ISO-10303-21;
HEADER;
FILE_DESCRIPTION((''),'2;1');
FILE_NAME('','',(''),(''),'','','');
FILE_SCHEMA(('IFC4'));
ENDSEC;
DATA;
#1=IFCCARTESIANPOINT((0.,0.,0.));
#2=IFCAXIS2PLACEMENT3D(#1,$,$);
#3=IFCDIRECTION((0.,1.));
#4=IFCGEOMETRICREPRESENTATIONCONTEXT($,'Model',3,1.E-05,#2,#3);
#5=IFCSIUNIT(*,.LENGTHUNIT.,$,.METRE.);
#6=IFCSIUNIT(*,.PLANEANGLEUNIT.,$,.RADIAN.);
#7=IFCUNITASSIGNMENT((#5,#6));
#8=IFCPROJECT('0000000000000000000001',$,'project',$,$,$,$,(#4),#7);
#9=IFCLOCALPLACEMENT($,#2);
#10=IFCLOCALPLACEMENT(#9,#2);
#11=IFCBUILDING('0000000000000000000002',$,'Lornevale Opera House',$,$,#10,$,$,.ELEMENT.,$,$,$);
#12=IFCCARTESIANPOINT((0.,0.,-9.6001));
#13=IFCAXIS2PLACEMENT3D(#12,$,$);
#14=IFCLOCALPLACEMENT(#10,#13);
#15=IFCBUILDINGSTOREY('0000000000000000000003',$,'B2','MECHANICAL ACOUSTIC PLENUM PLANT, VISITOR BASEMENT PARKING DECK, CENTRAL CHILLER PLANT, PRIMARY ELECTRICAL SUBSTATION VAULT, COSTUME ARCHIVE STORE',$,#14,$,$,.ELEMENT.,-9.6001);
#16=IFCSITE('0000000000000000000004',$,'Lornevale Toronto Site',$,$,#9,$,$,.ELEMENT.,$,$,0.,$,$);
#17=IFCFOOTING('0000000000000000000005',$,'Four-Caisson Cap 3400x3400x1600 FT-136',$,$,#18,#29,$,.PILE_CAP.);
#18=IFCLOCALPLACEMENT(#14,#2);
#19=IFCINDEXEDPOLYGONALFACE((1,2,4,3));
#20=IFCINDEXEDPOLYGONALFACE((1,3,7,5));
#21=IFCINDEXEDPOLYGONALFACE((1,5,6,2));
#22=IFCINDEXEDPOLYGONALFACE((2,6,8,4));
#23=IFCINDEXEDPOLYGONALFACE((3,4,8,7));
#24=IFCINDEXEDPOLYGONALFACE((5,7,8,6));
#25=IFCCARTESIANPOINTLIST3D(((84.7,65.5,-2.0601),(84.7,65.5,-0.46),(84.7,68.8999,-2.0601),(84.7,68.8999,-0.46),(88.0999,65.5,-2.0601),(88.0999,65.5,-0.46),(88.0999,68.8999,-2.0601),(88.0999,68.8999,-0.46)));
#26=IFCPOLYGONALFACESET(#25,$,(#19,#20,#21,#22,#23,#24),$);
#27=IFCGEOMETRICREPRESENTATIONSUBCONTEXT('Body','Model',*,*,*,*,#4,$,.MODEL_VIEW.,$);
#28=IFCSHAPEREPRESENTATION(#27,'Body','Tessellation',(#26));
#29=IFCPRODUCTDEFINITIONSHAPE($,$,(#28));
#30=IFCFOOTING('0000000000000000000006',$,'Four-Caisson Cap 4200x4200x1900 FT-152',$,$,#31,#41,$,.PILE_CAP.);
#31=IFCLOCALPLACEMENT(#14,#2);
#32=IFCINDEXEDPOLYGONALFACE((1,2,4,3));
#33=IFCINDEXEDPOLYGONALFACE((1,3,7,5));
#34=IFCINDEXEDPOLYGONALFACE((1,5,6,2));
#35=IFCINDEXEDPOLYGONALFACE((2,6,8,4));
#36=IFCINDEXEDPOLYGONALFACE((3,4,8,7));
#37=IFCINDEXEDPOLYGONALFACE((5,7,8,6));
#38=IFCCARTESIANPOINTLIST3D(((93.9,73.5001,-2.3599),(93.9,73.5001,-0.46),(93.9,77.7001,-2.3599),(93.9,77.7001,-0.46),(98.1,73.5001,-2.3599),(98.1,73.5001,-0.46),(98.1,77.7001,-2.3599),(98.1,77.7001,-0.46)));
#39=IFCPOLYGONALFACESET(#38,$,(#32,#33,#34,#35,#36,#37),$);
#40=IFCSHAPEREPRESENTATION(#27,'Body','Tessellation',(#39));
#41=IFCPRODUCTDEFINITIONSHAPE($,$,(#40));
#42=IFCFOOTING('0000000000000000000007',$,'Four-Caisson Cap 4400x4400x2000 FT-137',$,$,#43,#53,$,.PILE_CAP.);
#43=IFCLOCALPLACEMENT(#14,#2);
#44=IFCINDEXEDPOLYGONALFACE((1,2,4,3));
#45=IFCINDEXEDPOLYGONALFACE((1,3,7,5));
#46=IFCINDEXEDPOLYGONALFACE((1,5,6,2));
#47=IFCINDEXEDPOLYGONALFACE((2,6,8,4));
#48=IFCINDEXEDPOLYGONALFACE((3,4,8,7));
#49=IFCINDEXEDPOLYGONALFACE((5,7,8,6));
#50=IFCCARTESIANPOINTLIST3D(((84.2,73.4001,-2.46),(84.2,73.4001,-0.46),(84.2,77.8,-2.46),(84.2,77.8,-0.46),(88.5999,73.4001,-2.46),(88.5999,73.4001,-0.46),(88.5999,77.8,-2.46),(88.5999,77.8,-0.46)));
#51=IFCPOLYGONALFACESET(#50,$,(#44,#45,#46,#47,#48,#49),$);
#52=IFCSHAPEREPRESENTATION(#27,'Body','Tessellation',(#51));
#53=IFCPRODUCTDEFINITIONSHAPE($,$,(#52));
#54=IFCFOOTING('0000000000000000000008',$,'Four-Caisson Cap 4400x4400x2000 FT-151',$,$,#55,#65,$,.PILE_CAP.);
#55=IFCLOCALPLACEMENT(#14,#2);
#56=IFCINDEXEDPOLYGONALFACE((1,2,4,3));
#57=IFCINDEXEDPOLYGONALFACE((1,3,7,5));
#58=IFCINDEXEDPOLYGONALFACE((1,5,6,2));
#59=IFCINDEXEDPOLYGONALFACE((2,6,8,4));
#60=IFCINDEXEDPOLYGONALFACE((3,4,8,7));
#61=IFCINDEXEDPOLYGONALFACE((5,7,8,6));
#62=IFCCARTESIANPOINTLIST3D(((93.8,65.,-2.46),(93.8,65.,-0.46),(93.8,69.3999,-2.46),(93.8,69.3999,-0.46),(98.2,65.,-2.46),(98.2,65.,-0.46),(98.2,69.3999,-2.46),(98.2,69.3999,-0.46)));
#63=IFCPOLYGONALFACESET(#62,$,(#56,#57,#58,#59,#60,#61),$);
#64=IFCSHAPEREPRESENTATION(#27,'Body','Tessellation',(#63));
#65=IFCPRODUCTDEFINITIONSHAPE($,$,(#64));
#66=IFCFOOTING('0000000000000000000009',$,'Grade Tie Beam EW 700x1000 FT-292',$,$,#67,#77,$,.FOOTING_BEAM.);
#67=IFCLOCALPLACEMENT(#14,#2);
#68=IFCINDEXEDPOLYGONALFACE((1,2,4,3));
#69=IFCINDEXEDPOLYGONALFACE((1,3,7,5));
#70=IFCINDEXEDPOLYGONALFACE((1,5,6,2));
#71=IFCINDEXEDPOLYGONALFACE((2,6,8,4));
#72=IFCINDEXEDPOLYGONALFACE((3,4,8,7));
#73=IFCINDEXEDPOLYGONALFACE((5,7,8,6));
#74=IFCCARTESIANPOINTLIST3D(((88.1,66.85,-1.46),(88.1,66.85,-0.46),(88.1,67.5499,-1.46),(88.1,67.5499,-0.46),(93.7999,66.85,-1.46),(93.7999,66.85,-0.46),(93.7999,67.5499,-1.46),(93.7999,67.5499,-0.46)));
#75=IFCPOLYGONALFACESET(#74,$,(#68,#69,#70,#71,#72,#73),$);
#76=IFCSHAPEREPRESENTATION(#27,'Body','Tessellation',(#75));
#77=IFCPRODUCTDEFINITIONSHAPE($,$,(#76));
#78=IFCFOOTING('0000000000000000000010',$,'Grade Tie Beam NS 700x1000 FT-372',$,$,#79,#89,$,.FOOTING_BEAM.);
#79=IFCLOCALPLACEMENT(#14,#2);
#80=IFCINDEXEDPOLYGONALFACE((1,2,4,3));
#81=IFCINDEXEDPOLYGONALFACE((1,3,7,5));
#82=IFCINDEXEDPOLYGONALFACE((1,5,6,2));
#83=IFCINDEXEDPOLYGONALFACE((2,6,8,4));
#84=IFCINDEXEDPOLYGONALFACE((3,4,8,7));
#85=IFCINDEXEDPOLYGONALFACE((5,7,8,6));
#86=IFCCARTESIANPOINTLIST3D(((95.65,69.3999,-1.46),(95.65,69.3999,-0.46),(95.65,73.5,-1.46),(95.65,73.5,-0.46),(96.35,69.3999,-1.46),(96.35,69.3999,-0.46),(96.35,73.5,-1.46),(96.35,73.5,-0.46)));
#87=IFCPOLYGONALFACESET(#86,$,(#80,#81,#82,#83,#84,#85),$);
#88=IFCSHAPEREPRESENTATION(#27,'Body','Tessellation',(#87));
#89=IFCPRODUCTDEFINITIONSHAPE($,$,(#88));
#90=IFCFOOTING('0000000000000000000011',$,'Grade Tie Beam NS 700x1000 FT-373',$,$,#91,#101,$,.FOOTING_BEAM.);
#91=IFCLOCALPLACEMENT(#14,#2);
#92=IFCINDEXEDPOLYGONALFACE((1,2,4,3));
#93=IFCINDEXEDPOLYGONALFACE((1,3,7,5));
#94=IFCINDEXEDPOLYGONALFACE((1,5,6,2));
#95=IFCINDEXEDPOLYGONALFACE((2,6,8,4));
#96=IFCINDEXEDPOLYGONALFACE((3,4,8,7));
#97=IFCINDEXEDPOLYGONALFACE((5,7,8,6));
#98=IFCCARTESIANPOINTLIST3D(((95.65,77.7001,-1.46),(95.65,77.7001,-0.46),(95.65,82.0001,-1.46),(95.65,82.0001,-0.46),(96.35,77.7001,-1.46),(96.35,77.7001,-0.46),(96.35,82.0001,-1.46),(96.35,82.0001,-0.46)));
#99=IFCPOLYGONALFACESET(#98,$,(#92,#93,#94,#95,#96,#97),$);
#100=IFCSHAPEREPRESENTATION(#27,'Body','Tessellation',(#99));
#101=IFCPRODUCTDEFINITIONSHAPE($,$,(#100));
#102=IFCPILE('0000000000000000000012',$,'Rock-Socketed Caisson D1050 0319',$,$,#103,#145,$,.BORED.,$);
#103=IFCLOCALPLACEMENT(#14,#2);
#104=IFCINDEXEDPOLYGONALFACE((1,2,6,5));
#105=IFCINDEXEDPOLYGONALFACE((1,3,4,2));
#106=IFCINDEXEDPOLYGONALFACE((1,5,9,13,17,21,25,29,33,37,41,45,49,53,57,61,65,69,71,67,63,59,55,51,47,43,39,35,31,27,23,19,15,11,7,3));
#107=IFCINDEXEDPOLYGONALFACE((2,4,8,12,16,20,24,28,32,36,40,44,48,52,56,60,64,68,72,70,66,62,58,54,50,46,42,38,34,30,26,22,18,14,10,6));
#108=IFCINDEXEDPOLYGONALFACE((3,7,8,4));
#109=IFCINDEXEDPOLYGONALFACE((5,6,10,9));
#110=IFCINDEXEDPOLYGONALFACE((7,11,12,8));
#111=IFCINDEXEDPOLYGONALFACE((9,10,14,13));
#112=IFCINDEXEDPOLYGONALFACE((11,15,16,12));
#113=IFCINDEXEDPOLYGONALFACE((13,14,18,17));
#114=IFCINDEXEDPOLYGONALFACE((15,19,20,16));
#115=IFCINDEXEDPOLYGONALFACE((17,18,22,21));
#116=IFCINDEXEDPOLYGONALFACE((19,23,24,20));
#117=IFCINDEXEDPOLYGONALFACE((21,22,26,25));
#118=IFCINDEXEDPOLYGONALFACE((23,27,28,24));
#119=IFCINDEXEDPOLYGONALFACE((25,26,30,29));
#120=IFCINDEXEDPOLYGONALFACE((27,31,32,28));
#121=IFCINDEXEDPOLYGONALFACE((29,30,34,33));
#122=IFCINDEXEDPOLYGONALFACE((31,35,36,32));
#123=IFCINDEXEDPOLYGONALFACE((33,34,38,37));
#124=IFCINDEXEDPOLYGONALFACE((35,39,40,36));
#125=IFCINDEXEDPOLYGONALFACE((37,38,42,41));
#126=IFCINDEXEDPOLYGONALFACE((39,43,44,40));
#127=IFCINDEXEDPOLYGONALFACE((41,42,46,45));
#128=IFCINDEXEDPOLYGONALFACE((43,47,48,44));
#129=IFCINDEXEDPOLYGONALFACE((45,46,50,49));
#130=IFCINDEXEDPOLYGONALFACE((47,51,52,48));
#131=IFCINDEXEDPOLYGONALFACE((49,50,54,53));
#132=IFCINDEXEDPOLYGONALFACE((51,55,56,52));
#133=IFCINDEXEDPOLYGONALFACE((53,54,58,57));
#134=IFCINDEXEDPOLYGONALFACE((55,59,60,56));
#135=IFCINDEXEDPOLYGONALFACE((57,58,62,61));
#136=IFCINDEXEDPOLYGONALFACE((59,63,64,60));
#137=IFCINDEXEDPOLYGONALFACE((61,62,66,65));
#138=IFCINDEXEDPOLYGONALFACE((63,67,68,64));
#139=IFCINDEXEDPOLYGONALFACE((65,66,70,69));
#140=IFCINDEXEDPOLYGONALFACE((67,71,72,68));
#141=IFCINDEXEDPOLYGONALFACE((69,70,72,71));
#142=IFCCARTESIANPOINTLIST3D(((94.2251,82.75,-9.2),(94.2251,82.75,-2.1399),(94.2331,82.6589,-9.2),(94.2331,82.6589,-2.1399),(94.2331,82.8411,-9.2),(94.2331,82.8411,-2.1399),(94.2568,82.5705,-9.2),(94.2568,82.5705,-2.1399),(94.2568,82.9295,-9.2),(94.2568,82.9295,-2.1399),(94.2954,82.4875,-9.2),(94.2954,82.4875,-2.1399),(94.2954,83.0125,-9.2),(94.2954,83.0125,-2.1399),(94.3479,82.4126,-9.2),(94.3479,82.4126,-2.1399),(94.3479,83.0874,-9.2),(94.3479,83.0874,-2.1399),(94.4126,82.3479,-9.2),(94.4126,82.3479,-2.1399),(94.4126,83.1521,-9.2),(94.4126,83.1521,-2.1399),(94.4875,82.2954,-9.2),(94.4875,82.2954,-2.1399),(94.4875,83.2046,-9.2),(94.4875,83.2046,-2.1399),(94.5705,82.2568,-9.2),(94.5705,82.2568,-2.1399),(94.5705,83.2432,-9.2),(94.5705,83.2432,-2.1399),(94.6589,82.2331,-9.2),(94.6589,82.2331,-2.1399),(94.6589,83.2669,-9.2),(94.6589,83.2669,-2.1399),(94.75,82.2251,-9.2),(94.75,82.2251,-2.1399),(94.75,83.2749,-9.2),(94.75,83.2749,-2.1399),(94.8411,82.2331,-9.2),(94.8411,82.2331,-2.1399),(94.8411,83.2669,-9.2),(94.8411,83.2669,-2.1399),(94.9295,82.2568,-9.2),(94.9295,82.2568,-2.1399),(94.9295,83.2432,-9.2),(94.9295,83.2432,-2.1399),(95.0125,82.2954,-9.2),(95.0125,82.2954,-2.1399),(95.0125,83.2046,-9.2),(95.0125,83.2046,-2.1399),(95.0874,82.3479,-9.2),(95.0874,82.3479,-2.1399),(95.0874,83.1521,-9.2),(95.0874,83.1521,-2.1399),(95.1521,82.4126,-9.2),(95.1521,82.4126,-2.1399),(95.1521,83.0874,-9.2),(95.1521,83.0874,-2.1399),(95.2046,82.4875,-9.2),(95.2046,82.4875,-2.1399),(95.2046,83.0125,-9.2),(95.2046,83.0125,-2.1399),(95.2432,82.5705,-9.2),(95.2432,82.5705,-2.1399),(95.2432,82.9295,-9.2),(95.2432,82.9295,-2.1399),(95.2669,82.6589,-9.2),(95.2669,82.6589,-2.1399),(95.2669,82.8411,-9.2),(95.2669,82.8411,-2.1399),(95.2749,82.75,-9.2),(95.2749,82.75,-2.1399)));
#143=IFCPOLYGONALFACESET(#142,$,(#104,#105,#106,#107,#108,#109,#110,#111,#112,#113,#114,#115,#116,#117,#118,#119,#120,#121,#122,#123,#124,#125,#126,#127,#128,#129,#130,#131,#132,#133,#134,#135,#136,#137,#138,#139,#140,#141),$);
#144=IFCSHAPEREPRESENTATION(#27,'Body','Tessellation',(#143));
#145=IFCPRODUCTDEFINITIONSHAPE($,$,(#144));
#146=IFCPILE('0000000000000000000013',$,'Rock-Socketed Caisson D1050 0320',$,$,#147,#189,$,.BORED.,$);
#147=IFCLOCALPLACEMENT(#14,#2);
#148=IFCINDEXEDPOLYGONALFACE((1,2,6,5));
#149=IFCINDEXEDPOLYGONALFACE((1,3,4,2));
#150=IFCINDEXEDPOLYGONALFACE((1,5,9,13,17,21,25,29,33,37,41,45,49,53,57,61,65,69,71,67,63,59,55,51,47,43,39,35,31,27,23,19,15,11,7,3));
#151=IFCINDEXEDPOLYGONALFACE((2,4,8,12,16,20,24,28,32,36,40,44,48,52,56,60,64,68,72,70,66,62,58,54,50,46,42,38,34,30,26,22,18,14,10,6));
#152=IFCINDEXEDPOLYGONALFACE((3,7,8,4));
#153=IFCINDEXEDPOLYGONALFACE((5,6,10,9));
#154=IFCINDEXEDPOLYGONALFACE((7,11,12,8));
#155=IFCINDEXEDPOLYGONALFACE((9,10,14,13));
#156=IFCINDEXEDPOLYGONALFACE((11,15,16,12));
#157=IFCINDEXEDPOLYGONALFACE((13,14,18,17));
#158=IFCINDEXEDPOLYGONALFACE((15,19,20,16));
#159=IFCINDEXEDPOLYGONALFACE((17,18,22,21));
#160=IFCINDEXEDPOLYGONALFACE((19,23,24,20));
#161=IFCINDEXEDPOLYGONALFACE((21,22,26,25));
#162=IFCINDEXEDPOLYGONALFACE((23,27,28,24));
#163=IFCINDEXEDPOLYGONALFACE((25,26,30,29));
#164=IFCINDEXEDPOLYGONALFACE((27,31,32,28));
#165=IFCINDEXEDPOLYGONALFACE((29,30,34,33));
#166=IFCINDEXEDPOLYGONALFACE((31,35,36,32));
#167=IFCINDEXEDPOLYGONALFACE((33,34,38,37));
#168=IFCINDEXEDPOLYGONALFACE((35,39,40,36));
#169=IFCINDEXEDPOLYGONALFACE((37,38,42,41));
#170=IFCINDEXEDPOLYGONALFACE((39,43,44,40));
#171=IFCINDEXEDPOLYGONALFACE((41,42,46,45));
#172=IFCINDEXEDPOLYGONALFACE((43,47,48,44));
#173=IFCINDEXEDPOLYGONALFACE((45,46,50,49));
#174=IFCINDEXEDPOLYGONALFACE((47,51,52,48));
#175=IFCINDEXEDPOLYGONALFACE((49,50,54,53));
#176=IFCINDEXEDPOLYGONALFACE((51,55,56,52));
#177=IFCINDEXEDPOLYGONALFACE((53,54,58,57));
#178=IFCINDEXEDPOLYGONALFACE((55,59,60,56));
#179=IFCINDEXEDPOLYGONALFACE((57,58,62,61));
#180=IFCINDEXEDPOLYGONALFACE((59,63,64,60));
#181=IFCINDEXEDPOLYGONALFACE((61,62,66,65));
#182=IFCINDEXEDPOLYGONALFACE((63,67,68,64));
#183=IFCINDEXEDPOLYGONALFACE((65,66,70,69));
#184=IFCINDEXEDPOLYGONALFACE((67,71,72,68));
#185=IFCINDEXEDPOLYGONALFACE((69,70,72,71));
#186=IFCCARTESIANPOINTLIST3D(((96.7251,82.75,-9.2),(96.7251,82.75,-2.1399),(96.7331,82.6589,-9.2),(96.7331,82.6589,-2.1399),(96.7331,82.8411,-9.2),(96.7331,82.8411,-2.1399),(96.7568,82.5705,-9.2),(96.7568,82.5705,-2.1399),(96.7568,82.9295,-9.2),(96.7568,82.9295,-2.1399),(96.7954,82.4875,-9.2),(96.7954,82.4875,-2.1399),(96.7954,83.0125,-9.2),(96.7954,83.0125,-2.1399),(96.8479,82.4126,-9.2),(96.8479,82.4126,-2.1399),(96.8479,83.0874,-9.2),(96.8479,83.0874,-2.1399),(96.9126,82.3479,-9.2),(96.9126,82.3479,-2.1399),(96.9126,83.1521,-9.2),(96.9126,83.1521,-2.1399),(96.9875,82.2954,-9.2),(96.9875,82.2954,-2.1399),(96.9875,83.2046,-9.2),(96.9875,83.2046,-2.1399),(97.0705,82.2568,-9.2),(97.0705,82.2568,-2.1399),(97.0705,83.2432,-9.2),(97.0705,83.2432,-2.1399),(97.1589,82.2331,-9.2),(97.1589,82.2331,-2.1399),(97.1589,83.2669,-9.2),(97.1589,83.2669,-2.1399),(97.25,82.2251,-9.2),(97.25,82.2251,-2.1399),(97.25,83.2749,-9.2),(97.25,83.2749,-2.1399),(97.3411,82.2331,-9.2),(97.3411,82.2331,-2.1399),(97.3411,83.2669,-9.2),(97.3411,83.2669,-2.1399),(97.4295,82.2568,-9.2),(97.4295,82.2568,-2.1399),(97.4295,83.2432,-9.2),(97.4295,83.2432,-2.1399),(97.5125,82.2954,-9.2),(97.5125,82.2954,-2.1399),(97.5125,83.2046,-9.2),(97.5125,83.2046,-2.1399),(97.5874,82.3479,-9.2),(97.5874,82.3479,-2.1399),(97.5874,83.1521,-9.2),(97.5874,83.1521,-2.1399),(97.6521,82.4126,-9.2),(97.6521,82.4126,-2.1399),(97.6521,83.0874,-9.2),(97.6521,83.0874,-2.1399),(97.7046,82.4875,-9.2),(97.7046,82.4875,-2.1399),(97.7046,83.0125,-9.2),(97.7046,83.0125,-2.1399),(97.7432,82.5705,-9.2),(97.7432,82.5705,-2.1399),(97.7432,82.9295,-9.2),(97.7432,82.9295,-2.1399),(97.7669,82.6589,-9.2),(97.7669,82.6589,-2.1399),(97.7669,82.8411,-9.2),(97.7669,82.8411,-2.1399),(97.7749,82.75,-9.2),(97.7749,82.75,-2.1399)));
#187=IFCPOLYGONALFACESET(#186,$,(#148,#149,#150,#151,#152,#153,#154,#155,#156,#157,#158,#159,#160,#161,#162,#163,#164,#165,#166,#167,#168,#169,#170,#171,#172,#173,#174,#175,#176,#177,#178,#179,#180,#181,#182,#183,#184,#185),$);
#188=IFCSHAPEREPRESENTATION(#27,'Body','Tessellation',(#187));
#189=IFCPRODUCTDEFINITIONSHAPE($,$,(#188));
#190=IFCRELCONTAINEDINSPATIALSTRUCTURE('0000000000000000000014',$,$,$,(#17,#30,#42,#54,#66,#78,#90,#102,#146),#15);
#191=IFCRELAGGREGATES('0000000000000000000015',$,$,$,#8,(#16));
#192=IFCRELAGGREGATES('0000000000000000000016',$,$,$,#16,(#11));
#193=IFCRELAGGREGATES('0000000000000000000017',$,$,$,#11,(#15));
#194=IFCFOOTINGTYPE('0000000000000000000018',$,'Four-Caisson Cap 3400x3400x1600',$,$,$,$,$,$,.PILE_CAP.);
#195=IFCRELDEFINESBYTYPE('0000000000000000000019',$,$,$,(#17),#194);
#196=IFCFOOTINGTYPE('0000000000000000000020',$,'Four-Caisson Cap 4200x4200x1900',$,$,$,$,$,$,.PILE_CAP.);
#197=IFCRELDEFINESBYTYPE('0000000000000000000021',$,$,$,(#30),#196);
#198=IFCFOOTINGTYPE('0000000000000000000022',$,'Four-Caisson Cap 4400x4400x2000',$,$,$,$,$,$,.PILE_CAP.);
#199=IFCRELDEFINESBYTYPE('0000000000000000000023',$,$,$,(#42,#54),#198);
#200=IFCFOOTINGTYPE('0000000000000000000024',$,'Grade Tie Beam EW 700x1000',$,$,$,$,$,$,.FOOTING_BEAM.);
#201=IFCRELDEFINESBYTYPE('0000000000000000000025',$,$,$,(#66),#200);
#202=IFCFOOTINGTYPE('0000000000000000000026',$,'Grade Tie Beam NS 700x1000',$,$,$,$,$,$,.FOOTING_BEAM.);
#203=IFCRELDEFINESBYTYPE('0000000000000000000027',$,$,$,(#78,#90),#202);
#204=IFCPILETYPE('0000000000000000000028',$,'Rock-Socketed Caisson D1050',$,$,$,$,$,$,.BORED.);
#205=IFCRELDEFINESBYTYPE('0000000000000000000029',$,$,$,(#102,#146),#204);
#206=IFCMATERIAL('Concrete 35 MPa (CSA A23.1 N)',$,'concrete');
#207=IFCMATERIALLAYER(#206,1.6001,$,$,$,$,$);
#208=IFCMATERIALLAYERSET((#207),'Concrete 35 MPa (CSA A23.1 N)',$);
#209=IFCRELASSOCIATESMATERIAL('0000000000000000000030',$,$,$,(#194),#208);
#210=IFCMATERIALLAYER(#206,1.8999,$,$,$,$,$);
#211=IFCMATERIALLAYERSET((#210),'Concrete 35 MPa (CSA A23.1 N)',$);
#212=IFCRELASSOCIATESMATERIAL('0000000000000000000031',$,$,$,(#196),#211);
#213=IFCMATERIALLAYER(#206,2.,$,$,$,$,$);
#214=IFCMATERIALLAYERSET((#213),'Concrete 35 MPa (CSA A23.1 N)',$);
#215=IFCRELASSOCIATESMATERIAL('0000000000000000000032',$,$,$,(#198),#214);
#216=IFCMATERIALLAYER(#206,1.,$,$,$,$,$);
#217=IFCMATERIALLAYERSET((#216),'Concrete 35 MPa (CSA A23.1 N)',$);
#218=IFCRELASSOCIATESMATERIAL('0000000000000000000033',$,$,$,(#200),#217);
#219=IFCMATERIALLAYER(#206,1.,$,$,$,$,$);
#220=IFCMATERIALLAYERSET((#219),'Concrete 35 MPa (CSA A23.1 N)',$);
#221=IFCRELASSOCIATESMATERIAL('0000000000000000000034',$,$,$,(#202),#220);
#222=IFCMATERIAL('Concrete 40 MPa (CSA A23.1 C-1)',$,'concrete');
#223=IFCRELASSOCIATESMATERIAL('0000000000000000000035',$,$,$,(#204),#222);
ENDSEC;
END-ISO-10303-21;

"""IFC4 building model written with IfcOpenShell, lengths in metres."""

from ifc_helpers import new_model, si_unit, direction, frame, origin, origin_2d, place, context, subcontext, project, spatial, rectangle, circle, extrude, material, layer, layer_set, material_profile, profile_set, type_object, element, save


model = new_model("IFC4")

# Units and contexts
model_context = context("Model", 3, precision=1e-05, world=origin(), true_north=direction((0.0, 1.0)))
body_context = subcontext(model_context, "Body", "Model", "MODEL_VIEW")
ifc_project = project(units=[si_unit("LENGTHUNIT", "METRE"), si_unit("PLANEANGLEUNIT", "RADIAN")], contexts=[model_context])

# Site, building, storey
site_placement = place(None, origin())
site = spatial("IfcSite", under=ifc_project, at=site_placement, Name="Lornevale Toronto Site", CompositionType="ELEMENT", RefElevation=0.0)
building_placement = place(site_placement, origin())
building = spatial("IfcBuilding", under=site, at=building_placement, Name="Lornevale Opera House", CompositionType="ELEMENT")
storey_placement = place(building_placement, frame((0.0, 0.0, -9.6001)))
storey = spatial("IfcBuildingStorey", under=building, at=storey_placement, Name="B2", Description="MECHANICAL ACOUSTIC PLENUM PLANT, VISITOR BASEMENT PARKING DECK, CENTRAL CHILLER PLANT, PRIMARY ELECTRICAL SUBSTATION VAULT, COSTUME ARCHIVE STORE", CompositionType="ELEMENT", Elevation=-9.6001)

# Footings
ifc_material_1 = material(Name="Concrete 35 MPa (CSA A23.1 N)", Category="concrete")
ifc_layer_1 = layer(ifc_material_1, 1.6001)
ifc_layer_set_1 = layer_set([ifc_layer_1], Name="Concrete 35 MPa (CSA A23.1 N)")
footing_type_1 = type_object("IfcFootingType", Name="Four-Caisson Cap 3400x3400x1600", PredefinedType="PILE_CAP", material=ifc_layer_set_1)
footing_1_placement = place(storey_placement, frame((86.3999, 67.2, -2.0601), z_axis=(0.0, 0.0, 1.0), x_axis=(1.0, 0.0, 0.0)))
element("IfcFooting", 1, at=footing_1_placement, inside=storey, type_object=footing_type_1, Name="Four-Caisson Cap 3400x3400x1600 FT-136", PredefinedType="PILE_CAP", context=body_context, shape_type="SweptSolid", body=[
    extrude(rectangle(XDim=3.3999, YDim=3.3999, at=origin_2d()), origin(), (0.0, 0.0, 1.0), 1.6001),
])
ifc_layer_2 = layer(ifc_material_1, 1.8999)
ifc_layer_set_2 = layer_set([ifc_layer_2], Name="Concrete 35 MPa (CSA A23.1 N)")
footing_type_2 = type_object("IfcFootingType", Name="Four-Caisson Cap 4200x4200x1900", PredefinedType="PILE_CAP", material=ifc_layer_set_2)
footing_2_placement = place(storey_placement, frame((96.0, 75.6001, -2.3599), z_axis=(0.0, 0.0, 1.0), x_axis=(1.0, 0.0, 0.0)))
element("IfcFooting", 2, at=footing_2_placement, inside=storey, type_object=footing_type_2, Name="Four-Caisson Cap 4200x4200x1900 FT-152", PredefinedType="PILE_CAP", context=body_context, shape_type="SweptSolid", body=[
    extrude(rectangle(XDim=4.2, YDim=4.2, at=origin_2d()), origin(), (0.0, 0.0, 1.0), 1.8999),
])
ifc_layer_3 = layer(ifc_material_1, 2.0)
ifc_layer_set_3 = layer_set([ifc_layer_3], Name="Concrete 35 MPa (CSA A23.1 N)")
footing_type_3 = type_object("IfcFootingType", Name="Four-Caisson Cap 4400x4400x2000", PredefinedType="PILE_CAP", material=ifc_layer_set_3)
for number, where, z_axis, x_axis, name in (
    (3, (86.3999, 75.6001, -2.46), (0.0, 0.0, 1.0), (1.0, 0.0, 0.0), "Four-Caisson Cap 4400x4400x2000 FT-137"),
    (4, (96.0, 67.2, -2.46), (0.0, 0.0, 1.0), (1.0, 0.0, 0.0), "Four-Caisson Cap 4400x4400x2000 FT-151"),
):
    element("IfcFooting", number, at=place(storey_placement, frame(where, z_axis=z_axis, x_axis=x_axis)), inside=storey, type_object=footing_type_3, Name=name, PredefinedType="PILE_CAP", context=body_context, shape_type="SweptSolid", body=[
        extrude(rectangle(XDim=4.3999, YDim=4.3999, at=origin_2d()), origin(), (0.0, 0.0, 1.0), 2.0),
    ])
ifc_layer_4 = layer(ifc_material_1, 1.0)
ifc_layer_set_4 = layer_set([ifc_layer_4], Name="Concrete 35 MPa (CSA A23.1 N)")
footing_type_4 = type_object("IfcFootingType", Name="Grade Tie Beam EW 700x1000", PredefinedType="FOOTING_BEAM", material=ifc_layer_set_4)
footing_3_placement = place(storey_placement, frame((90.95, 67.2, -1.46), z_axis=(0.0, 0.0, 1.0), x_axis=(1.0, 0.0, 0.0)))
element("IfcFooting", 5, at=footing_3_placement, inside=storey, type_object=footing_type_4, Name="Grade Tie Beam EW 700x1000 FT-292", PredefinedType="FOOTING_BEAM", context=body_context, shape_type="SweptSolid", body=[
    extrude(rectangle(XDim=5.7, YDim=0.7, at=origin_2d()), origin(), (0.0, 0.0, 1.0), 1.0),
])
ifc_layer_5 = layer(ifc_material_1, 1.0)
ifc_layer_set_5 = layer_set([ifc_layer_5], Name="Concrete 35 MPa (CSA A23.1 N)")
footing_type_5 = type_object("IfcFootingType", Name="Grade Tie Beam NS 700x1000", PredefinedType="FOOTING_BEAM", material=ifc_layer_set_5)
footing_4_placement = place(storey_placement, frame((96.0, 71.45, -1.46), z_axis=(0.0, 0.0, 1.0), x_axis=(1.0, 0.0, 0.0)))
element("IfcFooting", 6, at=footing_4_placement, inside=storey, type_object=footing_type_5, Name="Grade Tie Beam NS 700x1000 FT-372", PredefinedType="FOOTING_BEAM", context=body_context, shape_type="SweptSolid", body=[
    extrude(rectangle(XDim=0.7, YDim=4.1001, at=origin_2d()), origin(), (0.0, 0.0, 1.0), 1.0),
])
footing_5_placement = place(storey_placement, frame((96.0, 79.8501, -1.46), z_axis=(0.0, 0.0, 1.0), x_axis=(1.0, 0.0, 0.0)))
element("IfcFooting", 7, at=footing_5_placement, inside=storey, type_object=footing_type_5, Name="Grade Tie Beam NS 700x1000 FT-373", PredefinedType="FOOTING_BEAM", context=body_context, shape_type="SweptSolid", body=[
    extrude(rectangle(XDim=0.7, YDim=4.3, at=origin_2d()), origin(), (0.0, 0.0, 1.0), 1.0),
])

# Piles
ifc_material_2 = material(Name="Concrete 40 MPa (CSA A23.1 C-1)", Category="concrete")
ifc_material_profile_1 = material_profile(ifc_material_2, circle(Radius=0.5249, at=origin_2d()), Name="CAIS1050")
ifc_profile_set_1 = profile_set([ifc_material_profile_1], Name="Concrete 40 MPa (CSA A23.1 C-1)")
pile_type_1 = type_object("IfcPileType", Name="Rock-Socketed Caisson D1050", PredefinedType="BORED", material=ifc_profile_set_1)
for number, where, z_axis, x_axis, name in (
    (8, (94.75, 82.75, -2.1399), (0.0, 0.0, -1.0), (1.0, 0.0, 0.0), "Rock-Socketed Caisson D1050 0319"),
    (9, (97.25, 82.75, -2.1399), (0.0, 0.0, -1.0), (1.0, 0.0, 0.0), "Rock-Socketed Caisson D1050 0320"),
):
    element("IfcPile", number, at=place(storey_placement, frame(where, z_axis=z_axis, x_axis=x_axis)), inside=storey, type_object=pile_type_1, Name=name, PredefinedType="BORED", context=body_context, shape_type="SweptSolid", body=[
        extrude(circle(Radius=0.5249, at=origin_2d()), origin(), (0.0, 0.0, 1.0), 7.0601),
    ])

save(model, "model.ifc")
